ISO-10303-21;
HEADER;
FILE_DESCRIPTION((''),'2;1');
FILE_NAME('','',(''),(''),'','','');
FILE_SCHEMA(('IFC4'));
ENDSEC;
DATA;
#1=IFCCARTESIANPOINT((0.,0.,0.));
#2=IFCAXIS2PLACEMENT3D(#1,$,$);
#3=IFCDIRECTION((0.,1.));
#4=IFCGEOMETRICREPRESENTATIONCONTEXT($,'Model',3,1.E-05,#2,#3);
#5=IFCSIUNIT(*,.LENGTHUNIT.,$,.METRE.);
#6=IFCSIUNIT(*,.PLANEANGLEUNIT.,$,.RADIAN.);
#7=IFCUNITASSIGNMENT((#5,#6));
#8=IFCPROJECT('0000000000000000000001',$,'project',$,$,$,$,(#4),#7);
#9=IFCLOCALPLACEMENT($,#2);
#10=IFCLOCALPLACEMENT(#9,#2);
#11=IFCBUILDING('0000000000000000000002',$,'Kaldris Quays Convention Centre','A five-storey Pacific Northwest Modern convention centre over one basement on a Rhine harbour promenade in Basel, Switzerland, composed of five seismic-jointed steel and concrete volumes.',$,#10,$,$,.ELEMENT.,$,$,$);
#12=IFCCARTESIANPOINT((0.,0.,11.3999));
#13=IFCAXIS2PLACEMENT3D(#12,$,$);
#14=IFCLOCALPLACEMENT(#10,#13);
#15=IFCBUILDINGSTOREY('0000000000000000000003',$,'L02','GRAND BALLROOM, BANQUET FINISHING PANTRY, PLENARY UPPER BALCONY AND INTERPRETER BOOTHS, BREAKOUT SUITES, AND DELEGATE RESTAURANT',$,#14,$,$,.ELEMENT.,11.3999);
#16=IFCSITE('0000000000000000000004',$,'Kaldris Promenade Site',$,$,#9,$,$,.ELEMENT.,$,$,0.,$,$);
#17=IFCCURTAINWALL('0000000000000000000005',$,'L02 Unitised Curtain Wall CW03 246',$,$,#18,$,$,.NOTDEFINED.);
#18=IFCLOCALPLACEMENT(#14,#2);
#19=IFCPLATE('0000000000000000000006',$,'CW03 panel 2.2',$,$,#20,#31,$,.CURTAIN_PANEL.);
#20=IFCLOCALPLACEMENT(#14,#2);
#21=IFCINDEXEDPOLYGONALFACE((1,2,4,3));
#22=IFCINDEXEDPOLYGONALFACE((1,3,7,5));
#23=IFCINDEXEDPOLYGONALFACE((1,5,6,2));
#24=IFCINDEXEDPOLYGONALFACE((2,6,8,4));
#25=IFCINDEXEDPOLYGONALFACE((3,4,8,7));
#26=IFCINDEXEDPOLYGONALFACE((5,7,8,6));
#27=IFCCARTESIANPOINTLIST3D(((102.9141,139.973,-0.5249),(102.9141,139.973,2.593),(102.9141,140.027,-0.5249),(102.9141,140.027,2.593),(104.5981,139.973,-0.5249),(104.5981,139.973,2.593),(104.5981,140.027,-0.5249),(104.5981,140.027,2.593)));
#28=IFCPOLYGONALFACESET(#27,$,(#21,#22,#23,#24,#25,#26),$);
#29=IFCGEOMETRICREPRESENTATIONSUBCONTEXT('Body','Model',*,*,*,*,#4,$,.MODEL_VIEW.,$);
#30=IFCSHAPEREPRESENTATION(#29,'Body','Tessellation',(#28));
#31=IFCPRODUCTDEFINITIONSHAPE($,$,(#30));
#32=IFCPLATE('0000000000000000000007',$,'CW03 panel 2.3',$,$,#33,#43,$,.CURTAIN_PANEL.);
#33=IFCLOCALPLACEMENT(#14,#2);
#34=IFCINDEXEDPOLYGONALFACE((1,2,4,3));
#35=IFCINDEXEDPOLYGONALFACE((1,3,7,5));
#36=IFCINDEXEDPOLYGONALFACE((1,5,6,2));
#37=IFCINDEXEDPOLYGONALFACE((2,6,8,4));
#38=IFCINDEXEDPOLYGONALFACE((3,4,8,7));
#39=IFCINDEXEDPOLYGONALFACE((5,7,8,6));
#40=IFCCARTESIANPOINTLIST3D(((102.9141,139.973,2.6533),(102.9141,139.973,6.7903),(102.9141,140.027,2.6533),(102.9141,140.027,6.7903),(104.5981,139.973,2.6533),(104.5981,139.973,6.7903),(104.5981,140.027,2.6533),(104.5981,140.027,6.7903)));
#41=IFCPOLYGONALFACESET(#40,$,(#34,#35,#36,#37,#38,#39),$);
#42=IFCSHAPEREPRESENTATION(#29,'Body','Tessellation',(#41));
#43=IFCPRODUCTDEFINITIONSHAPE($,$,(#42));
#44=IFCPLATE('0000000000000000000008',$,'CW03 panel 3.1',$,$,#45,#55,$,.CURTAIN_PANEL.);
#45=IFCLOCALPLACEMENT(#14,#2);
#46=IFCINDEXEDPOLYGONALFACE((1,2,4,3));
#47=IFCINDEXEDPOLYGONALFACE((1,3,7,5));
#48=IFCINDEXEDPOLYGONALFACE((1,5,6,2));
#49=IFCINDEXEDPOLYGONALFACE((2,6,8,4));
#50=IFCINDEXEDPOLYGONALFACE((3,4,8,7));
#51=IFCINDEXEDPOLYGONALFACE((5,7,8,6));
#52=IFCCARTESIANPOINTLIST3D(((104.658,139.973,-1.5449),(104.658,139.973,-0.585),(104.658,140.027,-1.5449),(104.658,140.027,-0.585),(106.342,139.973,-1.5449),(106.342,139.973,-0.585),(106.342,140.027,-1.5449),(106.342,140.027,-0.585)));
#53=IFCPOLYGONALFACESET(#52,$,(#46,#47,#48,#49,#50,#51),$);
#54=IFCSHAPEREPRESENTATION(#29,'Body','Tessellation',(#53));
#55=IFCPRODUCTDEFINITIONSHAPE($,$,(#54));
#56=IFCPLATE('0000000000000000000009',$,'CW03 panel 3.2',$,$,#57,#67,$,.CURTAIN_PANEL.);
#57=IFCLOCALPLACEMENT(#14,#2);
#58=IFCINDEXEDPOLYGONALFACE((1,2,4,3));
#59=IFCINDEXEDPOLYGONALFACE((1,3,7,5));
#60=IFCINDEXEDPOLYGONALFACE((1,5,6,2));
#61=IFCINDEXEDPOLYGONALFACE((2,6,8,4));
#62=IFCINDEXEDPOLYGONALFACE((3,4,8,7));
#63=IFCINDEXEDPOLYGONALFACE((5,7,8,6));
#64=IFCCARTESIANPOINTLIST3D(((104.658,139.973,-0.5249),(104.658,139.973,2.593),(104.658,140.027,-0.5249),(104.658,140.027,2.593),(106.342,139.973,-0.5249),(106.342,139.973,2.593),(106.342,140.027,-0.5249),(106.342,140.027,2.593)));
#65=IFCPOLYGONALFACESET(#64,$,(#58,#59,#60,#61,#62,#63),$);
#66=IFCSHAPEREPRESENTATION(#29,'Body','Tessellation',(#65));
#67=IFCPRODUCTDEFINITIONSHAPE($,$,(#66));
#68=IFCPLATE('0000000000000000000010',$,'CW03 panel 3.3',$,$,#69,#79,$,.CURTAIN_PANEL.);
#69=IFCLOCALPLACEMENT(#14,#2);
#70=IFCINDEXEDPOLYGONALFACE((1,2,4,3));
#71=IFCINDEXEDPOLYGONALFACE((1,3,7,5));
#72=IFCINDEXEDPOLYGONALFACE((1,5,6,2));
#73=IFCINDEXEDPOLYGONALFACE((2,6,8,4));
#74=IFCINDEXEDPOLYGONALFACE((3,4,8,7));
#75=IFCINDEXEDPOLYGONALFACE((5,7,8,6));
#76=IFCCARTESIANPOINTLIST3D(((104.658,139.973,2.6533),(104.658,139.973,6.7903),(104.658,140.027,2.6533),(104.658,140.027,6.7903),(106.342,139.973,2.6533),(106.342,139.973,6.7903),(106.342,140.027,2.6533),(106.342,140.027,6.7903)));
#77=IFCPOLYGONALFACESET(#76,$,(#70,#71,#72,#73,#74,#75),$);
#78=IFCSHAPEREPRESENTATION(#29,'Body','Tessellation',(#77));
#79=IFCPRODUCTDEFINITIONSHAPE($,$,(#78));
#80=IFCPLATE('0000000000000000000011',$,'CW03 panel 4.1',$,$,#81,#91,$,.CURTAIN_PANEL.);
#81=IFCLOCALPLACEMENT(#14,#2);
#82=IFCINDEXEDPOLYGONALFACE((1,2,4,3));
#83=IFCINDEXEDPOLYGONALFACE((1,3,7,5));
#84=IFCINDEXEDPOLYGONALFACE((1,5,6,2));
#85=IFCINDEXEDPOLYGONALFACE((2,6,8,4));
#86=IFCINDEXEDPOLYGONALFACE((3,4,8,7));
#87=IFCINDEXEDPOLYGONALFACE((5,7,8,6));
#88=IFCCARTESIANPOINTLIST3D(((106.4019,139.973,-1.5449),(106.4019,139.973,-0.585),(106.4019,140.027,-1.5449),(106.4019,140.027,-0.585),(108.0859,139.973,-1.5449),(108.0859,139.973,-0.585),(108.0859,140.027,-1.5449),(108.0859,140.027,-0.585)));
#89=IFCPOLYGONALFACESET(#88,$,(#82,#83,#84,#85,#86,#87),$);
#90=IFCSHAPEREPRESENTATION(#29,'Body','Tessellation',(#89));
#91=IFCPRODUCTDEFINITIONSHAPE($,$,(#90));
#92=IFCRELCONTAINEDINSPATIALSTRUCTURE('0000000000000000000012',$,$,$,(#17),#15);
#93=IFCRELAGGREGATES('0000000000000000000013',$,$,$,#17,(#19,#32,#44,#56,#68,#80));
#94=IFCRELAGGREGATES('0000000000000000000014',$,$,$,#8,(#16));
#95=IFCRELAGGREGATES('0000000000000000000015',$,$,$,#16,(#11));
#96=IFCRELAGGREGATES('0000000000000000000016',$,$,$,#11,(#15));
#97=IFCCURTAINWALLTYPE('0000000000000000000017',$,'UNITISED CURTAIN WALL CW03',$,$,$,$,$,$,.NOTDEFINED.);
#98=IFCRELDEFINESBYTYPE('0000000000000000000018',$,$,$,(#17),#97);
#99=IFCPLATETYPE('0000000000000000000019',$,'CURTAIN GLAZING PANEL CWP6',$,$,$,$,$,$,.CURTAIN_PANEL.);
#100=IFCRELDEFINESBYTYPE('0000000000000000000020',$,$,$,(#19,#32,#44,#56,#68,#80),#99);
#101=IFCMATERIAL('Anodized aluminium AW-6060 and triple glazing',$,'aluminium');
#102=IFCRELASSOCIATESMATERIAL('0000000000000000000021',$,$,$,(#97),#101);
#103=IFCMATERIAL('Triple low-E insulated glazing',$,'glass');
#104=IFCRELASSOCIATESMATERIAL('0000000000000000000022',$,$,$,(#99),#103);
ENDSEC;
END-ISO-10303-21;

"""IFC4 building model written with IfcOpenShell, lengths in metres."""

from ifc_helpers import new_model, si_unit, direction, frame, origin, origin_2d, place, context, subcontext, project, spatial, rectangle, extrude, material, type_object, element, aggregate, save


model = new_model("IFC4")

# Units and contexts
model_context = context("Model", 3, precision=1e-05, world=origin(), true_north=direction((0.0, 1.0)))
body_context = subcontext(model_context, "Body", "Model", "MODEL_VIEW")
ifc_project = project(units=[si_unit("LENGTHUNIT", "METRE"), si_unit("PLANEANGLEUNIT", "RADIAN")], contexts=[model_context])

# Site, building, storey
site_placement = place(None, origin())
site = spatial("IfcSite", under=ifc_project, at=site_placement, Name="Kaldris Promenade Site", CompositionType="ELEMENT", RefElevation=0.0)
building_placement = place(site_placement, origin())
building = spatial("IfcBuilding", under=site, at=building_placement, Name="Kaldris Quays Convention Centre", Description="A five-storey Pacific Northwest Modern convention centre over one basement on a Rhine harbour promenade in Basel, Switzerland, composed of five seismic-jointed steel and concrete volumes.", CompositionType="ELEMENT")
storey_placement = place(building_placement, frame((0.0, 0.0, 11.3999)))
storey = spatial("IfcBuildingStorey", under=building, at=storey_placement, Name="L02", Description="GRAND BALLROOM, BANQUET FINISHING PANTRY, PLENARY UPPER BALCONY AND INTERPRETER BOOTHS, BREAKOUT SUITES, AND DELEGATE RESTAURANT", CompositionType="ELEMENT", Elevation=11.3999)

# Curtain wall
ifc_material_1 = material(Name="Anodized aluminium AW-6060 and triple glazing", Category="aluminium")
curtain_wall_type = type_object("IfcCurtainWallType", Name="UNITISED CURTAIN WALL CW03", PredefinedType="NOTDEFINED", material=ifc_material_1)
curtain_wall_placement = place(storey_placement, origin())
curtain_wall = element("IfcCurtainWall", 1, at=curtain_wall_placement, inside=storey, type_object=curtain_wall_type, Name="L02 Unitised Curtain Wall CW03 246", PredefinedType="NOTDEFINED")

# Plates
ifc_material_2 = material(Name="Triple low-E insulated glazing", Category="glass")
plate_type = type_object("IfcPlateType", Name="CURTAIN GLAZING PANEL CWP6", PredefinedType="CURTAIN_PANEL", material=ifc_material_2)
plate_1_placement = place(storey_placement, frame((103.7561, 140.0, -0.5249), z_axis=(0.0, 0.0, 1.0), x_axis=(1.0, 0.0, 0.0)))
plate_1 = element("IfcPlate", 2, at=plate_1_placement, type_object=plate_type, Name="CW03 panel 2.2", PredefinedType="CURTAIN_PANEL", context=body_context, shape_type="SweptSolid", body=[
    extrude(rectangle(XDim=1.6841, YDim=0.054, at=origin_2d()), origin(), (0.0, 0.0, 1.0), 3.1179),
])
plate_2_placement = place(storey_placement, frame((103.7561, 140.0, 2.6533), z_axis=(0.0, 0.0, 1.0), x_axis=(1.0, 0.0, 0.0)))
plate_2 = element("IfcPlate", 3, at=plate_2_placement, type_object=plate_type, Name="CW03 panel 2.3", PredefinedType="CURTAIN_PANEL", context=body_context, shape_type="SweptSolid", body=[
    extrude(rectangle(XDim=1.6841, YDim=0.054, at=origin_2d()), origin(), (0.0, 0.0, 1.0), 4.137),
])
plate_3_placement = place(storey_placement, frame((105.5, 140.0, -1.5449), z_axis=(0.0, 0.0, 1.0), x_axis=(1.0, 0.0, 0.0)))
plate_3 = element("IfcPlate", 4, at=plate_3_placement, type_object=plate_type, Name="CW03 panel 3.1", PredefinedType="CURTAIN_PANEL", context=body_context, shape_type="SweptSolid", body=[
    extrude(rectangle(XDim=1.6841, YDim=0.054, at=origin_2d()), origin(), (0.0, 0.0, 1.0), 0.96),
])
plate_4_placement = place(storey_placement, frame((105.5, 140.0, -0.5249), z_axis=(0.0, 0.0, 1.0), x_axis=(1.0, 0.0, 0.0)))
plate_4 = element("IfcPlate", 5, at=plate_4_placement, type_object=plate_type, Name="CW03 panel 3.2", PredefinedType="CURTAIN_PANEL", context=body_context, shape_type="SweptSolid", body=[
    extrude(rectangle(XDim=1.6841, YDim=0.054, at=origin_2d()), origin(), (0.0, 0.0, 1.0), 3.1179),
])
plate_5_placement = place(storey_placement, frame((105.5, 140.0, 2.6533), z_axis=(0.0, 0.0, 1.0), x_axis=(1.0, 0.0, 0.0)))
plate_5 = element("IfcPlate", 6, at=plate_5_placement, type_object=plate_type, Name="CW03 panel 3.3", PredefinedType="CURTAIN_PANEL", context=body_context, shape_type="SweptSolid", body=[
    extrude(rectangle(XDim=1.6841, YDim=0.054, at=origin_2d()), origin(), (0.0, 0.0, 1.0), 4.137),
])
plate_6_placement = place(storey_placement, frame((107.2439, 140.0, -1.5449), z_axis=(0.0, 0.0, 1.0), x_axis=(1.0, 0.0, 0.0)))
plate_6 = element("IfcPlate", 7, at=plate_6_placement, type_object=plate_type, Name="CW03 panel 4.1", PredefinedType="CURTAIN_PANEL", context=body_context, shape_type="SweptSolid", body=[
    extrude(rectangle(XDim=1.6841, YDim=0.054, at=origin_2d()), origin(), (0.0, 0.0, 1.0), 0.96),
])
aggregate(curtain_wall, [plate_1, plate_2, plate_3, plate_4, plate_5, plate_6])

save(model, "model.ifc")
